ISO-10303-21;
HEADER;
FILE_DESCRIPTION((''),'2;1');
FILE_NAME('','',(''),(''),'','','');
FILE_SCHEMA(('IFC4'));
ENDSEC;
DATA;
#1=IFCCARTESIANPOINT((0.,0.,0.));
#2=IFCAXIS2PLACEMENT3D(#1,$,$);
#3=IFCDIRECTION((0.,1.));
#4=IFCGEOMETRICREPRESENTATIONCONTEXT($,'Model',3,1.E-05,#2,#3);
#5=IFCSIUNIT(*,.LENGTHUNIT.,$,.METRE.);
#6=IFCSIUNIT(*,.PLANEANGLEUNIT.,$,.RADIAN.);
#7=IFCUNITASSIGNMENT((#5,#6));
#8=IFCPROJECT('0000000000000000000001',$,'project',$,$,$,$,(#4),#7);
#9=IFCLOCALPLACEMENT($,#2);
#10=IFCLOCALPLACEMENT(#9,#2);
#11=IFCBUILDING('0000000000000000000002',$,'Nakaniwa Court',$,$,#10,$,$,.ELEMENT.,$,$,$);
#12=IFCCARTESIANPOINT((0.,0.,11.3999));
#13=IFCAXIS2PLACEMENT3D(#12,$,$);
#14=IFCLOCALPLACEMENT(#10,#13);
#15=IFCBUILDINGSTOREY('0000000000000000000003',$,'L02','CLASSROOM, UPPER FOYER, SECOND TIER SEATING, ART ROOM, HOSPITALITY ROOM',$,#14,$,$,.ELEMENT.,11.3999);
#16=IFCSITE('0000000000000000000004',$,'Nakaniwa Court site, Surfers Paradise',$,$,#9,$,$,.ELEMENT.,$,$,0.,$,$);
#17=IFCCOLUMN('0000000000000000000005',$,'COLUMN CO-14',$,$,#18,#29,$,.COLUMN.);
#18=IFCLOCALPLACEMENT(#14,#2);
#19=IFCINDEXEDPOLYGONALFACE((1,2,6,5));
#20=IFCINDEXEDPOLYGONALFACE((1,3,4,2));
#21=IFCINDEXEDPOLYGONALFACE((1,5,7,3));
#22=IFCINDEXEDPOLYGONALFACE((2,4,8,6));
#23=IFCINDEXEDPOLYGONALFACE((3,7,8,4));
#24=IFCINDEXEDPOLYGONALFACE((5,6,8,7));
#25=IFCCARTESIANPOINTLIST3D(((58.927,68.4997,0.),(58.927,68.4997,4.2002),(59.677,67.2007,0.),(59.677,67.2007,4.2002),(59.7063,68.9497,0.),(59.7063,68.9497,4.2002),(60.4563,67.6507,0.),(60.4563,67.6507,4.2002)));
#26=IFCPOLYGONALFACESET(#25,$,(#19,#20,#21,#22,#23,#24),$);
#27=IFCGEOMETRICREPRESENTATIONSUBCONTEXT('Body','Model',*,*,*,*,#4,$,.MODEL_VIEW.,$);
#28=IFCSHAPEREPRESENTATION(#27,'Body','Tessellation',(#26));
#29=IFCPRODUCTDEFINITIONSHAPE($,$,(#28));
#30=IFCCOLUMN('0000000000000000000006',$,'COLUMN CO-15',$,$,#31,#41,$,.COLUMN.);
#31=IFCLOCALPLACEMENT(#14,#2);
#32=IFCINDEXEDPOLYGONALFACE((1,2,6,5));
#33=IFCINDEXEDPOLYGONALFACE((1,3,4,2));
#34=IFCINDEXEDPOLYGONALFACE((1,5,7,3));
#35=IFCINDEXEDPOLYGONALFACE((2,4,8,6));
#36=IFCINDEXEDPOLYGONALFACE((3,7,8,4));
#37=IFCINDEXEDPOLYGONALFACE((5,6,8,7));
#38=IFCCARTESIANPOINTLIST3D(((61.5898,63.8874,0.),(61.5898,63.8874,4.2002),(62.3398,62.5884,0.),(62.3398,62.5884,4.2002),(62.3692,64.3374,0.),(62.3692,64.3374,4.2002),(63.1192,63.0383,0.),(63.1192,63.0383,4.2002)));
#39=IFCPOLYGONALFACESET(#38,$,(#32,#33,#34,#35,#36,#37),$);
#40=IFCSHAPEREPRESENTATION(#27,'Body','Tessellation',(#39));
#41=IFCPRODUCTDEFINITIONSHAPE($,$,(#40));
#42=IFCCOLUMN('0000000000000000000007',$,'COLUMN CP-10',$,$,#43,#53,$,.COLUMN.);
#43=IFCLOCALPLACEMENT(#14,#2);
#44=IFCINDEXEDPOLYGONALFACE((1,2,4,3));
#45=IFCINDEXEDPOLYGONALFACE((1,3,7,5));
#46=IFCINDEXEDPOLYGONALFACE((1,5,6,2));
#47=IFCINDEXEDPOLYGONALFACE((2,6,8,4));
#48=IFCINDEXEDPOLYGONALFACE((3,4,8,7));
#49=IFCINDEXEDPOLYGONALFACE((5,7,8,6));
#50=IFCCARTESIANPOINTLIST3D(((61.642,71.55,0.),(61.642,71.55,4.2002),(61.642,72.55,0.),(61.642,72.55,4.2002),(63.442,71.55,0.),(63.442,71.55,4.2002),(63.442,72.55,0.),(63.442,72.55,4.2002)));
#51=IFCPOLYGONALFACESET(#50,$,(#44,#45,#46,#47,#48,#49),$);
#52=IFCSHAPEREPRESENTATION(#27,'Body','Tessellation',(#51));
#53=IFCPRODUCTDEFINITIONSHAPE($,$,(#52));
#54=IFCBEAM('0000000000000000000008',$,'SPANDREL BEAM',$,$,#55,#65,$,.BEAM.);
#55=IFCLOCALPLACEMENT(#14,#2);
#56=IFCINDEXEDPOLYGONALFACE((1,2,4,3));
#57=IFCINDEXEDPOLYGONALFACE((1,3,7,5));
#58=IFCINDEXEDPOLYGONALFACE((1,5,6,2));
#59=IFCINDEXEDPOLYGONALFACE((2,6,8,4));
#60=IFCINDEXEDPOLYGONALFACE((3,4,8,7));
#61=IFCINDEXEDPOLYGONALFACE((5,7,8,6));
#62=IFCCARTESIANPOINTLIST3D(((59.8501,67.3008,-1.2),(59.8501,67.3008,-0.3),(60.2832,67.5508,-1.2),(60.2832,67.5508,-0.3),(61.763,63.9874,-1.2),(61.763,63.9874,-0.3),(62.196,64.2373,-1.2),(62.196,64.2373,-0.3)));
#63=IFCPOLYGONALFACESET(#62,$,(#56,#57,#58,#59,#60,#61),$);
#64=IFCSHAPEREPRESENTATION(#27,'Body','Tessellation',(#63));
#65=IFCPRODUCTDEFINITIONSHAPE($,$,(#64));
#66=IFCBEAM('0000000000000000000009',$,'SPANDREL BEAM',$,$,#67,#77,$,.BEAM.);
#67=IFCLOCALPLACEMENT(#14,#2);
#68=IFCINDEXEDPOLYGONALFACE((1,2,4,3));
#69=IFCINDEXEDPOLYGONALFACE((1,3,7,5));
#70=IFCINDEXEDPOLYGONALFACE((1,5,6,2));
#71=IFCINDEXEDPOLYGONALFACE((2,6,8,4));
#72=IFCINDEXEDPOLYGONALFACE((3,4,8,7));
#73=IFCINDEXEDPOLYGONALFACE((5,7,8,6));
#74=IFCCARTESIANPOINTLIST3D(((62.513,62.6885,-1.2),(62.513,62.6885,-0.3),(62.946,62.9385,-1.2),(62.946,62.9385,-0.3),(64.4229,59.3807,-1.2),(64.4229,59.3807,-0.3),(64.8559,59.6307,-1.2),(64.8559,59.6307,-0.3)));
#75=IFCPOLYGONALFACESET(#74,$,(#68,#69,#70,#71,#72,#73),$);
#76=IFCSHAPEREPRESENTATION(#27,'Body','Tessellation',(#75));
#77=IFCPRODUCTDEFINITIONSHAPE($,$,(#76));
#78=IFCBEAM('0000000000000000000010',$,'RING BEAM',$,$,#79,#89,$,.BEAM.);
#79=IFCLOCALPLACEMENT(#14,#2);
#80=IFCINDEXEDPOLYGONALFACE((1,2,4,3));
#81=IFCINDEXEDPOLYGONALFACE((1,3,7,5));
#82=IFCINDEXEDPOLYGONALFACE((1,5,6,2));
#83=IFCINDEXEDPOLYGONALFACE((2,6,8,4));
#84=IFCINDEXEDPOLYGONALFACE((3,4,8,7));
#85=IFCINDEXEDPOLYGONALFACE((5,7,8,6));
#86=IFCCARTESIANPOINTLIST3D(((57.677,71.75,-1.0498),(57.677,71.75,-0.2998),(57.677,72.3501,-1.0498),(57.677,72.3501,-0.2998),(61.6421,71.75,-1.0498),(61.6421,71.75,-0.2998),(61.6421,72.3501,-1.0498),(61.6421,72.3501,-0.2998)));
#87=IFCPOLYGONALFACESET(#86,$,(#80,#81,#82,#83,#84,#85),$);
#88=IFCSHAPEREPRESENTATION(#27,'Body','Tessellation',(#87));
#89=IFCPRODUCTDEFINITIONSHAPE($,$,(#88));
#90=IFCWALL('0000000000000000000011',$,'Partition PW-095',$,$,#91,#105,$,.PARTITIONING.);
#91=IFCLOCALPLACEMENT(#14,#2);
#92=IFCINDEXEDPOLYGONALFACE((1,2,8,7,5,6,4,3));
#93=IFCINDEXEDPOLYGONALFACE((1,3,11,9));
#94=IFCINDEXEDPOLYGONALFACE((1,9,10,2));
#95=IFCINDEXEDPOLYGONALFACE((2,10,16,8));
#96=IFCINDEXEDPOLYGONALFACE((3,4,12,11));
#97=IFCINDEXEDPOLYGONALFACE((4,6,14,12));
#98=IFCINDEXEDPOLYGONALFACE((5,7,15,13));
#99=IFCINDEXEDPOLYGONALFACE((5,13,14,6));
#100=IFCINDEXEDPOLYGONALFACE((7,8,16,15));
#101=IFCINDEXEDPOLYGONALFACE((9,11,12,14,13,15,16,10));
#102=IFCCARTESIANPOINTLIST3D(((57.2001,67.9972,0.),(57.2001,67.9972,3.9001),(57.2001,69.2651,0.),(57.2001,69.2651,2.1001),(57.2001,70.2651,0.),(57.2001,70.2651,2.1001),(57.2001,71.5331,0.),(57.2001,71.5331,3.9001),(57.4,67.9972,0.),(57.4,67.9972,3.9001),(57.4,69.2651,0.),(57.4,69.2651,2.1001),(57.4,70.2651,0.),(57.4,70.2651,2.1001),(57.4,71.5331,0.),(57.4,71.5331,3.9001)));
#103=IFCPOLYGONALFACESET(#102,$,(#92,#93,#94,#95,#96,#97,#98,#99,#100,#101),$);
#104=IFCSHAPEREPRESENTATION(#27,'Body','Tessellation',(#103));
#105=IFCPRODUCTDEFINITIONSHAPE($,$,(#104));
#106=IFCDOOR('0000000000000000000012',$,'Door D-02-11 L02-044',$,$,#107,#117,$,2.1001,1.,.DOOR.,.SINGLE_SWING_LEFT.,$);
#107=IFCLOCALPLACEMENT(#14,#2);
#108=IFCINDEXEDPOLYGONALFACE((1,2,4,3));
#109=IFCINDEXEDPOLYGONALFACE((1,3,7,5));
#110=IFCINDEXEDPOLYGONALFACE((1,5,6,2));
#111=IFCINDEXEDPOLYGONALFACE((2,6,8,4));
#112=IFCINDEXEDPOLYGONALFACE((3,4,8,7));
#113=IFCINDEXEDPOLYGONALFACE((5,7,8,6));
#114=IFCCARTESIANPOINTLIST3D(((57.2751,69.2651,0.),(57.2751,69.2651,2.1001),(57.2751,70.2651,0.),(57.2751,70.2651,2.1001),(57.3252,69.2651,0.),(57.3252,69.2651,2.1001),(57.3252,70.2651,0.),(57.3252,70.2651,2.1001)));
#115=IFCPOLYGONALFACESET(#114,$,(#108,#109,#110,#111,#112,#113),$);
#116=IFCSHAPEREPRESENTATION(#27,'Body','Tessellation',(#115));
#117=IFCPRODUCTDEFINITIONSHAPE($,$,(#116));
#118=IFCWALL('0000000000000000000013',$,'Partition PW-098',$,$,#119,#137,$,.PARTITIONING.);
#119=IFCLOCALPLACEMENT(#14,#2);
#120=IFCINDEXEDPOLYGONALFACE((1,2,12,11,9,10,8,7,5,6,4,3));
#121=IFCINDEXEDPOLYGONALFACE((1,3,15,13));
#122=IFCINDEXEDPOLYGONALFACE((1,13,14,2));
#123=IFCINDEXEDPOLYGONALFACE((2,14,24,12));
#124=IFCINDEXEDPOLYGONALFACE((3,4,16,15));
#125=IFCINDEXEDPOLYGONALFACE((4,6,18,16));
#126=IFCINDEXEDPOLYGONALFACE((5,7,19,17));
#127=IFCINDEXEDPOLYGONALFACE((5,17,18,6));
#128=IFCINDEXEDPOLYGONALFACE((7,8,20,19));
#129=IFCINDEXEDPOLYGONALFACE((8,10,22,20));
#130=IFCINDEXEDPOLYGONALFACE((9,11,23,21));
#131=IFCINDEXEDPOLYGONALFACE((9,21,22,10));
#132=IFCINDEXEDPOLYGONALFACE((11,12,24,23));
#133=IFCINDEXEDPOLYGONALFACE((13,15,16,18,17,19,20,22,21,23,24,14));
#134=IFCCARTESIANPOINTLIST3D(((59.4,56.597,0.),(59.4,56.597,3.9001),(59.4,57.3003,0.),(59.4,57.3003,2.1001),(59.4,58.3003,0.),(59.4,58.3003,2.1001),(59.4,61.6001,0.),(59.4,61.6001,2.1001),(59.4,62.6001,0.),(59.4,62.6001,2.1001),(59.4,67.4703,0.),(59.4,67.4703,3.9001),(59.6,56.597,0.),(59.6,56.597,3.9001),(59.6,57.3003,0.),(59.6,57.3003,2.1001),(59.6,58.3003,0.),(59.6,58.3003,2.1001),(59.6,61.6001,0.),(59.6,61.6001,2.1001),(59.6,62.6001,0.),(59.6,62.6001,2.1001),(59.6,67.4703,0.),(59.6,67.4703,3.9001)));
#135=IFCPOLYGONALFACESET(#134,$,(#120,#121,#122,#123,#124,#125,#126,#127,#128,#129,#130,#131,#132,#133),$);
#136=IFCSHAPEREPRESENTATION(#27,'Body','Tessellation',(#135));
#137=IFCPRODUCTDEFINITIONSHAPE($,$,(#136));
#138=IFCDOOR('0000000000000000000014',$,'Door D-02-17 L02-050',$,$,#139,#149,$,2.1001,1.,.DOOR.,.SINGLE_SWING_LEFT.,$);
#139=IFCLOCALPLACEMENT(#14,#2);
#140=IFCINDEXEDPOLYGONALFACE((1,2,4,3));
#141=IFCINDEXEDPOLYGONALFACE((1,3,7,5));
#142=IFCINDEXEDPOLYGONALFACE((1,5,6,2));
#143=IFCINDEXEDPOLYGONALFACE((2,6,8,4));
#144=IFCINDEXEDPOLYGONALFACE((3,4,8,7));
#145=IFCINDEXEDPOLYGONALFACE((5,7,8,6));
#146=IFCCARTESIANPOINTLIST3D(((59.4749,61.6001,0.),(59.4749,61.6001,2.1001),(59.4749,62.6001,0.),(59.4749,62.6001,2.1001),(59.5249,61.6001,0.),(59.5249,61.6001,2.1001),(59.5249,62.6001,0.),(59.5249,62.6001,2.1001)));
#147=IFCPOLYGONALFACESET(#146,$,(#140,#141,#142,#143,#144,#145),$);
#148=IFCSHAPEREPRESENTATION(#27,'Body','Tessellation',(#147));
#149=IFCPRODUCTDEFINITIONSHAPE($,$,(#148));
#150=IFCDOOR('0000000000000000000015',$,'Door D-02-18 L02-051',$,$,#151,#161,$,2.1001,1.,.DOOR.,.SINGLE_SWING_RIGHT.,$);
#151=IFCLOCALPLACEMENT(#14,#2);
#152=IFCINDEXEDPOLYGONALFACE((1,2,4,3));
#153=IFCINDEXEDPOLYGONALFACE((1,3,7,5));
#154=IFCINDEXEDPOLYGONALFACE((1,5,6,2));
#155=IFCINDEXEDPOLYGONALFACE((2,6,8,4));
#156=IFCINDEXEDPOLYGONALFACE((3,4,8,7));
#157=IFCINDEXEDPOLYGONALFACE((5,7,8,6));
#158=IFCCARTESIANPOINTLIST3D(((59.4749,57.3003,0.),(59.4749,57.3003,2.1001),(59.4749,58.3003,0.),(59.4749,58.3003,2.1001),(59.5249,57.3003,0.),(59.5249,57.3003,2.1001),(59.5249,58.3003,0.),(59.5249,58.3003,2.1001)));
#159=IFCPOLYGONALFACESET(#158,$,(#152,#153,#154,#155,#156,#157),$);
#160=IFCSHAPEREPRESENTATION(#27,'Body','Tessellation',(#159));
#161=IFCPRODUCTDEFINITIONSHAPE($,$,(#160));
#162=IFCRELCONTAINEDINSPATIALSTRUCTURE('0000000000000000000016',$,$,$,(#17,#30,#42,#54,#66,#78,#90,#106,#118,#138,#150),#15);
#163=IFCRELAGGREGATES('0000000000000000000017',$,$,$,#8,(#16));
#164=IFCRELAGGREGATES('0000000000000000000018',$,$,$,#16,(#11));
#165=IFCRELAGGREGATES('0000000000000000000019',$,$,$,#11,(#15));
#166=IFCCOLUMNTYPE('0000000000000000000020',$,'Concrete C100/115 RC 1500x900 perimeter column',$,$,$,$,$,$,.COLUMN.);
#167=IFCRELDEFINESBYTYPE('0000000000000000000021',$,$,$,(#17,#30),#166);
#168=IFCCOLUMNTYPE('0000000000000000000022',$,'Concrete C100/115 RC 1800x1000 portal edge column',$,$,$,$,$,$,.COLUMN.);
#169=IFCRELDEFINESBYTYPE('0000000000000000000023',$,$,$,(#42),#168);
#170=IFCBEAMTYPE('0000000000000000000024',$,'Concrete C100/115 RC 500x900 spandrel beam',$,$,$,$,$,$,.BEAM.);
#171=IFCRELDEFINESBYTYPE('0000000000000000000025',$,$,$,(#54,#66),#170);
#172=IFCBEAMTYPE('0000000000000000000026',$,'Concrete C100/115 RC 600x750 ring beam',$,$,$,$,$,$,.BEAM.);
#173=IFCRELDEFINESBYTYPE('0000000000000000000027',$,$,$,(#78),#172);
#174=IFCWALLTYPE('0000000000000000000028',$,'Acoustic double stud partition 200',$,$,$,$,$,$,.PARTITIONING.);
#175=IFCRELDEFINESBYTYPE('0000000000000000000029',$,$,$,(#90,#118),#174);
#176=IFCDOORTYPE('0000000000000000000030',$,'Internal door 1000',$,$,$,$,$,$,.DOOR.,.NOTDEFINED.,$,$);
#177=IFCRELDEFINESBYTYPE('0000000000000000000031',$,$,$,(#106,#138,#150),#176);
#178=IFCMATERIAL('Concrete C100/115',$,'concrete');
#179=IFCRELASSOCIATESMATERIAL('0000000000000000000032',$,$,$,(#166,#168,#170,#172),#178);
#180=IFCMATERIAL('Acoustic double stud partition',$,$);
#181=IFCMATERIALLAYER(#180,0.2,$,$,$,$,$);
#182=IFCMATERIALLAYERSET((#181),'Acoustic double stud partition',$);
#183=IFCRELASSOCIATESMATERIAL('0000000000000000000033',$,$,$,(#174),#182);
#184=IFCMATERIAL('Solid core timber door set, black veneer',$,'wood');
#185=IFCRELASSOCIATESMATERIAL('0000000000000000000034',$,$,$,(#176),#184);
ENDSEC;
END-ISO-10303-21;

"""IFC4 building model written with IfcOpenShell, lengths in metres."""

from ifc_helpers import new_model, si_unit, direction, frame, frame_2d, origin, origin_2d, place, context, subcontext, project, spatial, rectangle, extrude, material, layer, layer_set, material_profile, profile_set, type_object, element, fill, save


model = new_model("IFC4")

# Units and contexts
model_context = context("Model", 3, precision=1e-05, world=origin(), true_north=direction((0.0, 1.0)))
body_context = subcontext(model_context, "Body", "Model", "MODEL_VIEW")
ifc_project = project(units=[si_unit("LENGTHUNIT", "METRE"), si_unit("PLANEANGLEUNIT", "RADIAN")], contexts=[model_context])

# Site, building, storey
site_placement = place(None, origin())
site = spatial("IfcSite", under=ifc_project, at=site_placement, Name="Nakaniwa Court site, Surfers Paradise", CompositionType="ELEMENT", RefElevation=0.0)
building_placement = place(site_placement, origin())
building = spatial("IfcBuilding", under=site, at=building_placement, Name="Nakaniwa Court", CompositionType="ELEMENT")
storey_placement = place(building_placement, frame((0.0, 0.0, 11.3999)))
storey = spatial("IfcBuildingStorey", under=building, at=storey_placement, Name="L02", Description="CLASSROOM, UPPER FOYER, SECOND TIER SEATING, ART ROOM, HOSPITALITY ROOM", CompositionType="ELEMENT", Elevation=11.3999)

# Columns
ifc_material_1 = material(Name="Concrete C100/115", Category="concrete")
ifc_material_profile_1 = material_profile(ifc_material_1, rectangle(XDim=1.5, YDim=0.8999, at=origin_2d()), Name="Concrete C100/115 RC 1500x900 perimeter column")
ifc_profile_set_1 = profile_set([ifc_material_profile_1], Name="Concrete C100/115")
column_type_1 = type_object("IfcColumnType", Name="Concrete C100/115 RC 1500x900 perimeter column", PredefinedType="COLUMN", material=ifc_profile_set_1)
for number, where, z_axis, x_axis, name in (
    (1, (59.6917, 68.0752, 0.0), (0.0, 0.0, 1.0), (0.5, -0.866025, 0.0), "COLUMN CO-14"),
    (2, (62.3545, 63.4629, 0.0), (0.0, 0.0, 1.0), (0.5, -0.866025, 0.0), "COLUMN CO-15"),
):
    element("IfcColumn", number, at=place(storey_placement, frame(where, z_axis=z_axis, x_axis=x_axis)), inside=storey, type_object=column_type_1, Name=name, PredefinedType="COLUMN", context=body_context, shape_type="SweptSolid", body=[
        extrude(rectangle(XDim=1.5, YDim=0.8999, at=origin_2d()), origin(), (0.0, 0.0, 1.0), 4.2002),
    ])
ifc_material_profile_2 = material_profile(ifc_material_1, rectangle(XDim=1.8, YDim=1.0, at=origin_2d()), Name="Concrete C100/115 RC 1800x1000 portal edge column")
ifc_profile_set_2 = profile_set([ifc_material_profile_2], Name="Concrete C100/115")
column_type_2 = type_object("IfcColumnType", Name="Concrete C100/115 RC 1800x1000 portal edge column", PredefinedType="COLUMN", material=ifc_profile_set_2)
column_placement = place(storey_placement, frame((62.542, 72.05, 0.0), z_axis=(0.0, 0.0, 1.0), x_axis=(1.0, 0.0, 0.0)))
element("IfcColumn", 3, at=column_placement, inside=storey, type_object=column_type_2, Name="COLUMN CP-10", PredefinedType="COLUMN", context=body_context, shape_type="SweptSolid", body=[
    extrude(rectangle(XDim=1.8, YDim=1.0, at=origin_2d()), origin(), (0.0, 0.0, 1.0), 4.2002),
])

# Beams
ifc_material_profile_3 = material_profile(ifc_material_1, rectangle(XDim=0.5, YDim=0.8999, at=origin_2d()), Name="Concrete C100/115 RC 500x900 spandrel beam")
ifc_profile_set_3 = profile_set([ifc_material_profile_3], Name="Concrete C100/115")
beam_type_1 = type_object("IfcBeamType", Name="Concrete C100/115 RC 500x900 spandrel beam", PredefinedType="BEAM", material=ifc_profile_set_3)
beam_1_placement = place(storey_placement, frame((60.0667, 67.4258, -0.75), z_axis=(0.499962, -0.866047, 0.0), x_axis=(0.866047, 0.499962, 0.0)))
element("IfcBeam", 4, at=beam_1_placement, inside=storey, type_object=beam_type_1, Name="SPANDREL BEAM", PredefinedType="BEAM", context=body_context, shape_type="SweptSolid", body=[
    extrude(rectangle(XDim=0.5, YDim=0.8999, at=origin_2d()), origin(), (0.0, 0.0, 1.0), 3.8259),
])
beam_2_placement = place(storey_placement, frame((62.7295, 62.8135, -0.75), z_axis=(0.500023, -0.866012, 0.0), x_axis=(0.866012, 0.500023, 0.0)))
element("IfcBeam", 5, at=beam_2_placement, inside=storey, type_object=beam_type_1, Name="SPANDREL BEAM", PredefinedType="BEAM", context=body_context, shape_type="SweptSolid", body=[
    extrude(rectangle(XDim=0.5, YDim=0.8999, at=origin_2d()), origin(), (0.0, 0.0, 1.0), 3.8196),
])
ifc_material_profile_4 = material_profile(ifc_material_1, rectangle(XDim=0.6001, YDim=0.75, at=origin_2d()), Name="Concrete C100/115 RC 600x750 ring beam")
ifc_profile_set_4 = profile_set([ifc_material_profile_4], Name="Concrete C100/115")
beam_type_2 = type_object("IfcBeamType", Name="Concrete C100/115 RC 600x750 ring beam", PredefinedType="BEAM", material=ifc_profile_set_4)
beam_3_placement = place(storey_placement, frame((57.677, 72.05, -0.6748), z_axis=(1.0, 0.0, 0.0), x_axis=(0.0, 1.0, 0.0)))
element("IfcBeam", 6, at=beam_3_placement, inside=storey, type_object=beam_type_2, Name="RING BEAM", PredefinedType="BEAM", context=body_context, shape_type="SweptSolid", body=[
    extrude(rectangle(XDim=0.6001, YDim=0.75, at=origin_2d()), origin(), (0.0, 0.0, 1.0), 3.9651),
])

# Wall, opening, door
ifc_material_2 = material(Name="Acoustic double stud partition")
ifc_layer_1 = layer(ifc_material_2, 0.2)
ifc_layer_set_1 = layer_set([ifc_layer_1], Name="Acoustic double stud partition")
wall_type_1 = type_object("IfcWallType", Name="Acoustic double stud partition 200", PredefinedType="PARTITIONING", material=ifc_layer_set_1)
wall_1_placement = place(storey_placement, frame((57.3, 67.9971, 0.0), z_axis=(0.0, 0.0, 1.0), x_axis=(0.0, 1.0, 0.0)))
wall_1 = element("IfcWall", 7, at=wall_1_placement, inside=storey, type_object=wall_type_1, Name="Partition PW-095", PredefinedType="PARTITIONING", context=body_context, shape_type="SweptSolid", body=[
    extrude(rectangle(XDim=3.5359, YDim=0.2, at=frame_2d((1.7681, 0.0))), origin(), (0.0, 0.0, 1.0), 3.9001),
])
opening_1_placement = place(wall_1_placement, frame((1.2681, 0.0, 0.0)))
opening_1 = element("IfcOpeningElement", 8, at=opening_1_placement, cuts=wall_1, PredefinedType="OPENING", context=body_context, shape_type="SweptSolid", body=[
    extrude(rectangle(XDim=1.0, YDim=2.1001, at=frame_2d((0.5, 1.05))), frame((0.0, 0.1099, 0.0), z_axis=(0.0, -1.0, 0.0), x_axis=(1.0, 0.0, 0.0)), (0.0, 0.0, 1.0), 0.22),
])
ifc_material_3 = material(Name="Solid core timber door set, black veneer", Category="wood")
door_type_1 = type_object("IfcDoorType", Name="Internal door 1000", OperationType="NOTDEFINED", PredefinedType="DOOR", material=ifc_material_3)
door_1_placement = place(opening_1_placement, origin())
door_1 = element("IfcDoor", 9, at=door_1_placement, inside=storey, type_object=door_type_1, Name="Door D-02-11 L02-044", OperationType="SINGLE_SWING_LEFT", OverallHeight=2.1001, OverallWidth=1.0, PredefinedType="DOOR", context=body_context, shape_type="SweptSolid", body=[
    extrude(rectangle(XDim=1.0, YDim=2.1001, at=frame_2d((0.5, 1.05))), frame((0.0, 0.0249, 0.0), z_axis=(0.0, -1.0, 0.0), x_axis=(1.0, 0.0, 0.0)), (0.0, 0.0, 1.0), 0.05),
])
fill(opening_1, door_1)

# Wall, openings, doors
wall_2_placement = place(storey_placement, frame((59.5, 67.4702, 0.0), z_axis=(0.0, 0.0, 1.0), x_axis=(0.0, -1.0, 0.0)))
wall_2 = element("IfcWall", 10, at=wall_2_placement, inside=storey, type_object=wall_type_1, Name="Partition PW-098", PredefinedType="PARTITIONING", context=body_context, shape_type="SweptSolid", body=[
    extrude(rectangle(XDim=10.8733, YDim=0.2, at=frame_2d((5.4365, 0.0))), origin(), (0.0, 0.0, 1.0), 3.9001),
])
opening_2_placement = place(wall_2_placement, frame((4.8701, 0.0, 0.0)))
opening_2 = element("IfcOpeningElement", 11, at=opening_2_placement, cuts=wall_2, PredefinedType="OPENING", context=body_context, shape_type="SweptSolid", body=[
    extrude(rectangle(XDim=1.0, YDim=2.1001, at=frame_2d((0.5, 1.05))), frame((0.0, 0.1099, 0.0), z_axis=(0.0, -1.0, 0.0), x_axis=(1.0, 0.0, 0.0)), (0.0, 0.0, 1.0), 0.22),
])
opening_3_placement = place(wall_2_placement, frame((9.1699, 0.0, 0.0)))
opening_3 = element("IfcOpeningElement", 12, at=opening_3_placement, cuts=wall_2, PredefinedType="OPENING", context=body_context, shape_type="SweptSolid", body=[
    extrude(rectangle(XDim=1.0, YDim=2.1001, at=frame_2d((0.5, 1.05))), frame((0.0, 0.1099, 0.0), z_axis=(0.0, -1.0, 0.0), x_axis=(1.0, 0.0, 0.0)), (0.0, 0.0, 1.0), 0.22),
])
door_2_placement = place(opening_2_placement, origin())
door_2 = element("IfcDoor", 13, at=door_2_placement, inside=storey, type_object=door_type_1, Name="Door D-02-17 L02-050", OperationType="SINGLE_SWING_LEFT", OverallHeight=2.1001, OverallWidth=1.0, PredefinedType="DOOR", context=body_context, shape_type="SweptSolid", body=[
    extrude(rectangle(XDim=1.0, YDim=2.1001, at=frame_2d((0.5, 1.05))), frame((0.0, 0.0249, 0.0), z_axis=(0.0, -1.0, 0.0), x_axis=(1.0, 0.0, 0.0)), (0.0, 0.0, 1.0), 0.05),
])
fill(opening_2, door_2)
door_3_placement = place(opening_3_placement, origin())
door_3 = element("IfcDoor", 14, at=door_3_placement, inside=storey, type_object=door_type_1, Name="Door D-02-18 L02-051", OperationType="SINGLE_SWING_RIGHT", OverallHeight=2.1001, OverallWidth=1.0, PredefinedType="DOOR", context=body_context, shape_type="SweptSolid", body=[
    extrude(rectangle(XDim=1.0, YDim=2.1001, at=frame_2d((0.5, 1.05))), frame((0.0, 0.0249, 0.0), z_axis=(0.0, -1.0, 0.0), x_axis=(1.0, 0.0, 0.0)), (0.0, 0.0, 1.0), 0.05),
])
fill(opening_3, door_3)

save(model, "model.ifc")
